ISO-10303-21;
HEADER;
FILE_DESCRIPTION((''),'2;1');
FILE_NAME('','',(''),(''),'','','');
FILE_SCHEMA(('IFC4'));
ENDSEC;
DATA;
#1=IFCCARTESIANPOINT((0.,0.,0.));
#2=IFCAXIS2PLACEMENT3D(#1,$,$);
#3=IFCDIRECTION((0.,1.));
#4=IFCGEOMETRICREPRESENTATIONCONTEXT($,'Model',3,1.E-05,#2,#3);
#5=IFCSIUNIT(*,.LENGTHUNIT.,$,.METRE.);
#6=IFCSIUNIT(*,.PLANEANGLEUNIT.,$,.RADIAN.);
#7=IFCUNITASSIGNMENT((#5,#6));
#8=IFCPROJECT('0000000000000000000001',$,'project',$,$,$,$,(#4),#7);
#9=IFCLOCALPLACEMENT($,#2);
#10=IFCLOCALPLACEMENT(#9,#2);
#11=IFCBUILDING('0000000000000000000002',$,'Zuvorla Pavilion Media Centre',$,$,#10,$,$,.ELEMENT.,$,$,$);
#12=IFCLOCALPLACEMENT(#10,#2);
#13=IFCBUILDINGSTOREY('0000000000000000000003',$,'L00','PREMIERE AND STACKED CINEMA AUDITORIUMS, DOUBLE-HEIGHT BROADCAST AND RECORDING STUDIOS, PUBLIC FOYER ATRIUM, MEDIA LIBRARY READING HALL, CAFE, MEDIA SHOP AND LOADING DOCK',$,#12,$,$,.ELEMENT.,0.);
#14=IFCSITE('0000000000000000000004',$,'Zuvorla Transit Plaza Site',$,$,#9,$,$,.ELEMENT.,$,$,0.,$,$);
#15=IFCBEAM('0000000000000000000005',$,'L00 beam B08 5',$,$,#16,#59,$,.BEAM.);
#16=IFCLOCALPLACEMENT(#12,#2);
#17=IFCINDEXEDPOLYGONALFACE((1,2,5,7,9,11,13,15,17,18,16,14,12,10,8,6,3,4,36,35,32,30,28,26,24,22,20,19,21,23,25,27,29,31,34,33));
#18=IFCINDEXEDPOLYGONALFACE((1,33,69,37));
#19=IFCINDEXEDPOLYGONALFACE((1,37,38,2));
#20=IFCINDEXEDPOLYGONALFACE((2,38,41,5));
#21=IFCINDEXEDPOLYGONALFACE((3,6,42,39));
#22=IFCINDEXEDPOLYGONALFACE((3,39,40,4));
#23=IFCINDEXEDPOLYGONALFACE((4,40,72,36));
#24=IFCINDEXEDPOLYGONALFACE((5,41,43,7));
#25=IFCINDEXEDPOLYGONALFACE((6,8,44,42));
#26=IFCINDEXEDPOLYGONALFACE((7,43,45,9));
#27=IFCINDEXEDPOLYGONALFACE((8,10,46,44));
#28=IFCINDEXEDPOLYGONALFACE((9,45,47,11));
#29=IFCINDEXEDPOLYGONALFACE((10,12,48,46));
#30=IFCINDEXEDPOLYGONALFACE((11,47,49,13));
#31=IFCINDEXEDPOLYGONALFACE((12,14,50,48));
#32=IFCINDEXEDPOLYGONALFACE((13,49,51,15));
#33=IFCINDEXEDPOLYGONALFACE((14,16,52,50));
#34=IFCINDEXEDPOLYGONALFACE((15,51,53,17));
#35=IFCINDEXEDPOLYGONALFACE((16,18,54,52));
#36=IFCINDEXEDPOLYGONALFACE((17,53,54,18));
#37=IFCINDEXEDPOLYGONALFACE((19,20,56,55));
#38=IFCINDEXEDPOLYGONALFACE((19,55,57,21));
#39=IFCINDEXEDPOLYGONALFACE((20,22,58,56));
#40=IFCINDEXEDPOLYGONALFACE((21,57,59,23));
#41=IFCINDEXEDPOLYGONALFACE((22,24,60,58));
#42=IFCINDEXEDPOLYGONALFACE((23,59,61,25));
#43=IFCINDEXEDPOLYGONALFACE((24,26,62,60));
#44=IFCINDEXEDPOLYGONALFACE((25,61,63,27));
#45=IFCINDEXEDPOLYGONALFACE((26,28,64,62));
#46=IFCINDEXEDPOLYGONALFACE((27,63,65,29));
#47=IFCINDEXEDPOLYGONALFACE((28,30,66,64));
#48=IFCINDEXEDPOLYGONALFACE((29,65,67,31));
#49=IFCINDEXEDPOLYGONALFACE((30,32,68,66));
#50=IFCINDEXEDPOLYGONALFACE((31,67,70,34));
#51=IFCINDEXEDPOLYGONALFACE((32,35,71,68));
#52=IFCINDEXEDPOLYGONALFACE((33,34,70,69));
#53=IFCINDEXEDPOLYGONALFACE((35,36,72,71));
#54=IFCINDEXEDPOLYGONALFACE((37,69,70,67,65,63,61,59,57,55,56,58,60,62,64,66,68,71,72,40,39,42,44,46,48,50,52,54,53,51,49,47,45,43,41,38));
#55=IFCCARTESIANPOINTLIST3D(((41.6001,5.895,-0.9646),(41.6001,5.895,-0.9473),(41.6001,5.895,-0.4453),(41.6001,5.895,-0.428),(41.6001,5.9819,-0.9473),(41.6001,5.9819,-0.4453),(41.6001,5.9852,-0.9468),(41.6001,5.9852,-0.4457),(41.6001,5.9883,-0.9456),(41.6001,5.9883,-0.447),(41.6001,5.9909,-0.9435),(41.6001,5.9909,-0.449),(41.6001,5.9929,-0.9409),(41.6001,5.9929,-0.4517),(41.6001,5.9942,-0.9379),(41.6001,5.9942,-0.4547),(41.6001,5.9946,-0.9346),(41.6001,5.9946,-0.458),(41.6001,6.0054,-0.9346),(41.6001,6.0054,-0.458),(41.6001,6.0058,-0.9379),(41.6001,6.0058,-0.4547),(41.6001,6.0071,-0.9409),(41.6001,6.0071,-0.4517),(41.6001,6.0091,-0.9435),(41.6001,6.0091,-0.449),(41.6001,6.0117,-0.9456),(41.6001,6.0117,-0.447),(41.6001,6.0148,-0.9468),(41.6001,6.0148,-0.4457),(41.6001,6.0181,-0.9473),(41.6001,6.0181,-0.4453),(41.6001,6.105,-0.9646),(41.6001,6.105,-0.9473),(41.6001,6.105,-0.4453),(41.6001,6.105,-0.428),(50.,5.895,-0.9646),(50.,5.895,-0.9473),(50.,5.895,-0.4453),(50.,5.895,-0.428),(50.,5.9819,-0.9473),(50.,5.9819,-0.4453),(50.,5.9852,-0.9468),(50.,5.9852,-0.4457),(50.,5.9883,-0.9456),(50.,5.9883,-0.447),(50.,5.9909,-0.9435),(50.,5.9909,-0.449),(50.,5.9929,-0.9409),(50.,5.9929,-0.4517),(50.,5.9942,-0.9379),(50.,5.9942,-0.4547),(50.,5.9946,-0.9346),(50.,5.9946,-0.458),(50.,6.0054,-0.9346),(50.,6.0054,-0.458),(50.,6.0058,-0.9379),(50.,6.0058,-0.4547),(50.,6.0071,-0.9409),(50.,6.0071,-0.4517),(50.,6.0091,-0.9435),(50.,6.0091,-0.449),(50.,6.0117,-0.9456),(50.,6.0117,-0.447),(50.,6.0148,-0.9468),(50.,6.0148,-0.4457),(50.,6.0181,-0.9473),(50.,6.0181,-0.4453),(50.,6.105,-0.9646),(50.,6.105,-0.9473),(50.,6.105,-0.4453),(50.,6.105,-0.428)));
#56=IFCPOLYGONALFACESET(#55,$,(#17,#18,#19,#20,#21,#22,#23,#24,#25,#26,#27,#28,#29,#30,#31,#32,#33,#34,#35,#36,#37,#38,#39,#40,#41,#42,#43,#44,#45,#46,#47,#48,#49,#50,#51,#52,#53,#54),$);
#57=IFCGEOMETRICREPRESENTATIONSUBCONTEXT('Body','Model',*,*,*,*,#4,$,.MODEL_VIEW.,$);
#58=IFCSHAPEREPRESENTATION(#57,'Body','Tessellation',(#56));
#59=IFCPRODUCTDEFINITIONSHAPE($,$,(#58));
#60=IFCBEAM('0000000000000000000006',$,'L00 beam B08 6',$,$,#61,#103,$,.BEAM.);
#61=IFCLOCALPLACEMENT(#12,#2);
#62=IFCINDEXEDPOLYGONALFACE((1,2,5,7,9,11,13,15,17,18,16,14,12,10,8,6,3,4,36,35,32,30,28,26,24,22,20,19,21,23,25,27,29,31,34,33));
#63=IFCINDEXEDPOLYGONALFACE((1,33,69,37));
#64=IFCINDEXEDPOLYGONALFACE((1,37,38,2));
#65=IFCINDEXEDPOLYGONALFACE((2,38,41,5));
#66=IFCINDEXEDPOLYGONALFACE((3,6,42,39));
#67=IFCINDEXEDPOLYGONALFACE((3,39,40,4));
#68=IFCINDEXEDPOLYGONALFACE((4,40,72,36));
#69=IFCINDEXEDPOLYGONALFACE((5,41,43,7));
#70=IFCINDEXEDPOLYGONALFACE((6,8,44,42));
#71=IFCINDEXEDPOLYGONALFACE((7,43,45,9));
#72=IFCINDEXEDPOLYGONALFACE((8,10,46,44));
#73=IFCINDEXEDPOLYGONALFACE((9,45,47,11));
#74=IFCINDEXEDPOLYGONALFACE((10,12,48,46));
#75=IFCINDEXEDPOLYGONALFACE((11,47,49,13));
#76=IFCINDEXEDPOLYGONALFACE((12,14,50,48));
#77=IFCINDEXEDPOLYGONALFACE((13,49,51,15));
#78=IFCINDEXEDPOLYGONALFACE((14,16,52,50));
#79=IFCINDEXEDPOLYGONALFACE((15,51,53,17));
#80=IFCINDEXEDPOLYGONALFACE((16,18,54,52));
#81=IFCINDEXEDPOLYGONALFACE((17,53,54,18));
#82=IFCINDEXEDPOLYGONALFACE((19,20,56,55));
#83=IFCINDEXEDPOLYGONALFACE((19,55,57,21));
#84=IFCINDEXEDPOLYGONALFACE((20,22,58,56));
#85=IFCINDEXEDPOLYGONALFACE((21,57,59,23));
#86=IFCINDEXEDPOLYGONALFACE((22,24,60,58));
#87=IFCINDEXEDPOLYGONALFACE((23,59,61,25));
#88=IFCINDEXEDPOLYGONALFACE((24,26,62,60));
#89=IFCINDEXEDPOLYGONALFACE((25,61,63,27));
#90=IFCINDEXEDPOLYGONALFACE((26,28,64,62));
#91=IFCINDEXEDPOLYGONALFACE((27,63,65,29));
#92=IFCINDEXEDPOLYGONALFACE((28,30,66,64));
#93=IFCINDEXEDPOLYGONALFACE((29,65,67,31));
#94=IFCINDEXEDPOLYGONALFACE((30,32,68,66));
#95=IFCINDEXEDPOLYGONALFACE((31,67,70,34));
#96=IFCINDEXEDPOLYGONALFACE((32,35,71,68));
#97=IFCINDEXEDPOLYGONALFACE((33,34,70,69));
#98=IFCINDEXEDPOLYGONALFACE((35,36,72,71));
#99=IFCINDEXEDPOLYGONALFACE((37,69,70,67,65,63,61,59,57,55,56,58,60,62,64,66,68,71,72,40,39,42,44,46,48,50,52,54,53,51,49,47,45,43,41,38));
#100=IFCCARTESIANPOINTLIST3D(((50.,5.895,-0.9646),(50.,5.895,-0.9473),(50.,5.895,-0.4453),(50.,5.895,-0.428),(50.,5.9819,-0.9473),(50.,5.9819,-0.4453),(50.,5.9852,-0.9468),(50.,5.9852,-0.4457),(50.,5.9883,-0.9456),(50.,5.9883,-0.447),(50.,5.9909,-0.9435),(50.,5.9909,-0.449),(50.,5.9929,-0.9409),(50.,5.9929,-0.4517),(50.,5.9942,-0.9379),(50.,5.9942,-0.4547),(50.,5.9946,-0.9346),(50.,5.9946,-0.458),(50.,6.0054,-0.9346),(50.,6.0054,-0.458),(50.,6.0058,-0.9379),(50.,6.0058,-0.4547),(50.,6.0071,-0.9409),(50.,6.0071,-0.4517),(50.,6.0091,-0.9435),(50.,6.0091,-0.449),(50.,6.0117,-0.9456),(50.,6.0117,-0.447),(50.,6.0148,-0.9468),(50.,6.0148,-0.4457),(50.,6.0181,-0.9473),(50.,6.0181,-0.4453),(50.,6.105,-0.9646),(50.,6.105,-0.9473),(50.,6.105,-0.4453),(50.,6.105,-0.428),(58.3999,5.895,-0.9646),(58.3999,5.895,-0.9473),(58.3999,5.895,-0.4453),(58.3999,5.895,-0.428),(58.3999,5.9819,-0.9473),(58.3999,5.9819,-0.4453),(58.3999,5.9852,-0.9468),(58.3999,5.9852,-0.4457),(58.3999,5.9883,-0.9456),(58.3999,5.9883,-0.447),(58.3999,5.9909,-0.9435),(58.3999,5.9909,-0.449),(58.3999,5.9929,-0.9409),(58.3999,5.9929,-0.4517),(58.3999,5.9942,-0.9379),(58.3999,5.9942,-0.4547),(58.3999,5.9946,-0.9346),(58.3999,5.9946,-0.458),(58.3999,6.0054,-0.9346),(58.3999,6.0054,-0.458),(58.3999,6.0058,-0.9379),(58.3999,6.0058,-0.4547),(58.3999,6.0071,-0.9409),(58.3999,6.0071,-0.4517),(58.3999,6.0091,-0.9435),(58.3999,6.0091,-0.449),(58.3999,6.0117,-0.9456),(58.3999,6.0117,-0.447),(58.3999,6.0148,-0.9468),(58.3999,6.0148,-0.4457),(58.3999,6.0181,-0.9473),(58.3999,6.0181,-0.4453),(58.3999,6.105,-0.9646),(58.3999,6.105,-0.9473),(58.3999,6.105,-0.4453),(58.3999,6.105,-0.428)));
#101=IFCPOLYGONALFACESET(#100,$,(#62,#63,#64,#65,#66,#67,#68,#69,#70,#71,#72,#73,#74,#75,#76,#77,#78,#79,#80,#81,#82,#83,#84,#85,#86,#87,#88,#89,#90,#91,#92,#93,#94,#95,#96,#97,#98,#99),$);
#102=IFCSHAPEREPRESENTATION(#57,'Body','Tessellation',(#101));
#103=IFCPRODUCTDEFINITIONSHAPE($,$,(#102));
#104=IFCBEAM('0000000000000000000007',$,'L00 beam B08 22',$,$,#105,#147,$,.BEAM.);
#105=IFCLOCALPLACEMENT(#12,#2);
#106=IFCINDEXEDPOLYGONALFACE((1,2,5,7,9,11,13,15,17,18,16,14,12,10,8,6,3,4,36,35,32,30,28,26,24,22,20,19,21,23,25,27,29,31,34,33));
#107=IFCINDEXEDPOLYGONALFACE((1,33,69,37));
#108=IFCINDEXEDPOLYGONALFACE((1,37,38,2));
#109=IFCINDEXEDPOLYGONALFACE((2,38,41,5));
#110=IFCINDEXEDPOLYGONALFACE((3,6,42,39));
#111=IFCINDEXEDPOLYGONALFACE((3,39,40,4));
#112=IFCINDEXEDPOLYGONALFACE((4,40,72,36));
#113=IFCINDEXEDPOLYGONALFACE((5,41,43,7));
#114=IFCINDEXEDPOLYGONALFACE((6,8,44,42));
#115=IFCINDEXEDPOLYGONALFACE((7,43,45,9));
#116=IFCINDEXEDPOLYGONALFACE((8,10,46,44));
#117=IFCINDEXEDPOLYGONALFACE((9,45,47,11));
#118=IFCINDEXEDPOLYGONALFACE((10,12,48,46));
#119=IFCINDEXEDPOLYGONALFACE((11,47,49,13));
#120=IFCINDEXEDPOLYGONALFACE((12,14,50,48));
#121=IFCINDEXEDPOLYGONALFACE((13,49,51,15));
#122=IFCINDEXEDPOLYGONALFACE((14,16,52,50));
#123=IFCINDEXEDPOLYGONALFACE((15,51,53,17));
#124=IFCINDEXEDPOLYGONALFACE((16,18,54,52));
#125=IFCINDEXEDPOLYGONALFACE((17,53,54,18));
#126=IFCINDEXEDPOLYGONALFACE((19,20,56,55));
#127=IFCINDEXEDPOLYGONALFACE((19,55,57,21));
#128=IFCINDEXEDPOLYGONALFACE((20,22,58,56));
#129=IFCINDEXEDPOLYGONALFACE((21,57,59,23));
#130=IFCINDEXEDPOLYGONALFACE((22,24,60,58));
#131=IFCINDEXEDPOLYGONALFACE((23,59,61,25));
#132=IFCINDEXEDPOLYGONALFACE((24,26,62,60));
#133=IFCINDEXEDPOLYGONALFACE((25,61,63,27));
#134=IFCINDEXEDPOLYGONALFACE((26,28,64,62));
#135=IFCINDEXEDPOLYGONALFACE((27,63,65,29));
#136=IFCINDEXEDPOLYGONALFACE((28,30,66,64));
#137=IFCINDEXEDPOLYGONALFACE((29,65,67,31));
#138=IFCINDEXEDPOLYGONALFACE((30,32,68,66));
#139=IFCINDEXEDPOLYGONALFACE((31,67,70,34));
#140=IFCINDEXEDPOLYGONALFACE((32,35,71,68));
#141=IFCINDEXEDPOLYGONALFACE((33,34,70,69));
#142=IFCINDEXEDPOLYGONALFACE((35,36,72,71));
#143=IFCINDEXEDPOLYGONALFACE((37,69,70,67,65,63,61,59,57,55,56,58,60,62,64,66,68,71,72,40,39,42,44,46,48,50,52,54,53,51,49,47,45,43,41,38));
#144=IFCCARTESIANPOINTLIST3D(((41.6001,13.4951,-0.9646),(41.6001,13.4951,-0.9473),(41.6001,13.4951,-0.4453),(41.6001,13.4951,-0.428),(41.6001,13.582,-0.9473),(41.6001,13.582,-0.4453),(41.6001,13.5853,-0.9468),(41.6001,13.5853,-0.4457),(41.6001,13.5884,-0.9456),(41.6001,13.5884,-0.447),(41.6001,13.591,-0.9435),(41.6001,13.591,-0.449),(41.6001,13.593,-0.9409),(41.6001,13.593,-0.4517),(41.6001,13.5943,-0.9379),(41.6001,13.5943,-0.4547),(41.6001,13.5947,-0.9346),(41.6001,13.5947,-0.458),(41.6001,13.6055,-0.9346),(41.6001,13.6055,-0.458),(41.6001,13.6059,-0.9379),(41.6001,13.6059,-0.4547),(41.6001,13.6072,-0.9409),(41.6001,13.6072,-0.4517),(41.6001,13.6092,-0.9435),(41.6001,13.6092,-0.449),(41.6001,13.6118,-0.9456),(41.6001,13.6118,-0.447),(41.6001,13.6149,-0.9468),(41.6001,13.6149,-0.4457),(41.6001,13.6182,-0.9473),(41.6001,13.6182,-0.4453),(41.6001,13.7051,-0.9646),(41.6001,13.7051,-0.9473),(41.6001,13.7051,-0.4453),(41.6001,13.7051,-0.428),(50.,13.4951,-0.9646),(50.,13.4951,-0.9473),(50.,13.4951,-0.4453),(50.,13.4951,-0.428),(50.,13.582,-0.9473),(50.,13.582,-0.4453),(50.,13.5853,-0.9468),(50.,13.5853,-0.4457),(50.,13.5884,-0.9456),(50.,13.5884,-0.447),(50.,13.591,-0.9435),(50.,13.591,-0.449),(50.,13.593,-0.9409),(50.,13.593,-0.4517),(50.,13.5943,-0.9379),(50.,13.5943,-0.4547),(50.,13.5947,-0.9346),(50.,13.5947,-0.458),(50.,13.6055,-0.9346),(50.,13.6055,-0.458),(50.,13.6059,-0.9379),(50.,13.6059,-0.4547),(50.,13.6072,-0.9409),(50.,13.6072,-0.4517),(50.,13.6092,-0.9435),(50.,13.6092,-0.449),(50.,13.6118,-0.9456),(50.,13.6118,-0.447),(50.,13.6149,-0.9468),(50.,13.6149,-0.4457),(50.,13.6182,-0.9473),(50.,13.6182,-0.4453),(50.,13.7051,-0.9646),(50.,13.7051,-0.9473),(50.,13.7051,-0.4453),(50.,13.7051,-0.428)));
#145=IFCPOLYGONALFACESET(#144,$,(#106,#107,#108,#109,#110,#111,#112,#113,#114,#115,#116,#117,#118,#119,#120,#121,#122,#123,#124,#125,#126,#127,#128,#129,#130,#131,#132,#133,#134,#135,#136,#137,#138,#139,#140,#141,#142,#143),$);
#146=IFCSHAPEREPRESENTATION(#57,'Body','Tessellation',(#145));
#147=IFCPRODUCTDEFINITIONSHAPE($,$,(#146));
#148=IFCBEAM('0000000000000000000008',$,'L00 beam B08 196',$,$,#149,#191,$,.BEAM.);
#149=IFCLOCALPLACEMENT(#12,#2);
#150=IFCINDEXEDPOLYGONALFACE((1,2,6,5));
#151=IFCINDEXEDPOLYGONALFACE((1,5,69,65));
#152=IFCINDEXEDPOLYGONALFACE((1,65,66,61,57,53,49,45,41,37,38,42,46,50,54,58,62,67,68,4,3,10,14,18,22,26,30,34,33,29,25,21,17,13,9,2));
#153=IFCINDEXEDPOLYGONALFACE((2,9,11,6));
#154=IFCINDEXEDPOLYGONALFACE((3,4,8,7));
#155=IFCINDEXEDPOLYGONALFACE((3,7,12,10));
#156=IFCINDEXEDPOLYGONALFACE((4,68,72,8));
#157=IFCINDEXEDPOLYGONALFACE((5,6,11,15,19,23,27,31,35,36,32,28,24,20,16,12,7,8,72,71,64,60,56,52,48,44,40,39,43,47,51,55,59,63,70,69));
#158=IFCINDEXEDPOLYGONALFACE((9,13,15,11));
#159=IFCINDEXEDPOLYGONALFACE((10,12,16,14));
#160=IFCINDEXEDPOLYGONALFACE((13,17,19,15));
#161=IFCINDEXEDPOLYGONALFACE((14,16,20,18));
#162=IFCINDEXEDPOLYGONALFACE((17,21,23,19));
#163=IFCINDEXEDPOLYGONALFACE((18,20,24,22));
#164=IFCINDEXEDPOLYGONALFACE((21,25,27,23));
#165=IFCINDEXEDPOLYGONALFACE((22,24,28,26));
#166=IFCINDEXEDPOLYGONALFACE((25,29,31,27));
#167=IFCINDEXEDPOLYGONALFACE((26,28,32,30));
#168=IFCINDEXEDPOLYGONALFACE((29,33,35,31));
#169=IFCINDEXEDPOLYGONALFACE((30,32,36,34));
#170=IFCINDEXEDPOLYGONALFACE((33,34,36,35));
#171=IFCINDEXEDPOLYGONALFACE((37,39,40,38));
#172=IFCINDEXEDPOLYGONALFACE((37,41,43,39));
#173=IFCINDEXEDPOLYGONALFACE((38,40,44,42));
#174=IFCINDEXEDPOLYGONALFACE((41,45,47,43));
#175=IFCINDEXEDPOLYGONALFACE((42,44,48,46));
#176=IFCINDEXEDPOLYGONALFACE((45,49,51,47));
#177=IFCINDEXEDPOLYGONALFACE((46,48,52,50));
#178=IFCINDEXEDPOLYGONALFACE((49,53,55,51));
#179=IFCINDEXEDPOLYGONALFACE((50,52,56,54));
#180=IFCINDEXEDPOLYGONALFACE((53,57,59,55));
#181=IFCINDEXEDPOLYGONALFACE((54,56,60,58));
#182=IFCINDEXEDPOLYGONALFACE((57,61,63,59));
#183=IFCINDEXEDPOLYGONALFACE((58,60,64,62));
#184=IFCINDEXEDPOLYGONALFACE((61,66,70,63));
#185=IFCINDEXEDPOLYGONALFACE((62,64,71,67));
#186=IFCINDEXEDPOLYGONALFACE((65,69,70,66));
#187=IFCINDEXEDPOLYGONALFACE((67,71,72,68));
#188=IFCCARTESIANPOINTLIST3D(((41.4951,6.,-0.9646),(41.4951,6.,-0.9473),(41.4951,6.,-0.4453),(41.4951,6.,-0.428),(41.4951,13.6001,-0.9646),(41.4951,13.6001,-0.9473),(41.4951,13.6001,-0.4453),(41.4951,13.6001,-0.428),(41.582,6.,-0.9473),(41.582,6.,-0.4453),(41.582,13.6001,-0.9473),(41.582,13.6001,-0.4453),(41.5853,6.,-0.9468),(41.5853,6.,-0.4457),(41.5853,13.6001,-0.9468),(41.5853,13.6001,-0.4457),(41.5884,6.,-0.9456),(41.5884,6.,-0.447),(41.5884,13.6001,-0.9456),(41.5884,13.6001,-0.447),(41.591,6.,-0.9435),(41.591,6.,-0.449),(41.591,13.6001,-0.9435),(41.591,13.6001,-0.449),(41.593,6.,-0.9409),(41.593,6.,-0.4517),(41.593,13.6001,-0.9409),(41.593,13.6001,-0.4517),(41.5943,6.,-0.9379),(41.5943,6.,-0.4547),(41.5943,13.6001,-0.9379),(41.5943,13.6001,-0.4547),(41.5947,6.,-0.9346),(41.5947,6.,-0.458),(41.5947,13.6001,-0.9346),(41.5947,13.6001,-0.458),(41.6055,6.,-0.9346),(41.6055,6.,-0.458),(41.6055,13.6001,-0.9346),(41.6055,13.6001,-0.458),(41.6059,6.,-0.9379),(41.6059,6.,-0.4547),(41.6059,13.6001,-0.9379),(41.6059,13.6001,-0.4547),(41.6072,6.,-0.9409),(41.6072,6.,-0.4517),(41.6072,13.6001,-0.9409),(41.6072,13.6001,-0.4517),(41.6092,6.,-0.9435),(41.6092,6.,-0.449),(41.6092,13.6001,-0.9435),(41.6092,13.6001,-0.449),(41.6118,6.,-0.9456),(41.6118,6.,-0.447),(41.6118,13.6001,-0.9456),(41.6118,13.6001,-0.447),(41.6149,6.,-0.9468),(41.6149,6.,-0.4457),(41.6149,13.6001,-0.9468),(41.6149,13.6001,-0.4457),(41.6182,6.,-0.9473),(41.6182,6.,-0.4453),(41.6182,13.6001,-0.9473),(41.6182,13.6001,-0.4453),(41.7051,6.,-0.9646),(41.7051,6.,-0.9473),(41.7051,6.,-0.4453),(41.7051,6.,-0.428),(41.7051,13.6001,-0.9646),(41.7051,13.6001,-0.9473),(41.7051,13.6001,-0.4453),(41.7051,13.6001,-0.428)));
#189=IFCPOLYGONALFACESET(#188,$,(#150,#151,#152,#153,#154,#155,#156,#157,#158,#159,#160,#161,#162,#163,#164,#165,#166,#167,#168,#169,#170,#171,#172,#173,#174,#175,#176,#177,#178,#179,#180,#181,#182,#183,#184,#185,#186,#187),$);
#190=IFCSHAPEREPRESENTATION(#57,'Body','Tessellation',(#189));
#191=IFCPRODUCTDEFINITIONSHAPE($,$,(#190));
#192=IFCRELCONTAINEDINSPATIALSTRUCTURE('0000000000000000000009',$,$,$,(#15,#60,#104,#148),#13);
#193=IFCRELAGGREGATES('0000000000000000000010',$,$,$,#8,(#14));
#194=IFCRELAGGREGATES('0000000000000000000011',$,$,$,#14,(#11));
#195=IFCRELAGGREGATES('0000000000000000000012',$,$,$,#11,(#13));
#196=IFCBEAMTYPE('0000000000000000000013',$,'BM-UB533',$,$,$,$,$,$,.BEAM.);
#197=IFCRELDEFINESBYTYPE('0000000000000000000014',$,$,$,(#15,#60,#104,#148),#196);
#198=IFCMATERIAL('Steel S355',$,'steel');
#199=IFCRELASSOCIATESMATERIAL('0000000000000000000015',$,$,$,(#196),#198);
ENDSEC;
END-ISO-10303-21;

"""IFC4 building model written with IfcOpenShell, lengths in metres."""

from ifc_helpers import new_model, si_unit, direction, frame, origin, origin_2d, place, context, subcontext, project, spatial, i_section, extrude, material, material_profile, profile_set, type_object, element, save


model = new_model("IFC4")

# Units and contexts
model_context = context("Model", 3, precision=1e-05, world=origin(), true_north=direction((0.0, 1.0)))
body_context = subcontext(model_context, "Body", "Model", "MODEL_VIEW")
ifc_project = project(units=[si_unit("LENGTHUNIT", "METRE"), si_unit("PLANEANGLEUNIT", "RADIAN")], contexts=[model_context])

# Site, building, storey
site_placement = place(None, origin())
site = spatial("IfcSite", under=ifc_project, at=site_placement, Name="Zuvorla Transit Plaza Site", CompositionType="ELEMENT", RefElevation=0.0)
building_placement = place(site_placement, origin())
building = spatial("IfcBuilding", under=site, at=building_placement, Name="Zuvorla Pavilion Media Centre", CompositionType="ELEMENT")
storey_placement = place(building_placement, origin())
storey = spatial("IfcBuildingStorey", under=building, at=storey_placement, Name="L00", Description="PREMIERE AND STACKED CINEMA AUDITORIUMS, DOUBLE-HEIGHT BROADCAST AND RECORDING STUDIOS, PUBLIC FOYER ATRIUM, MEDIA LIBRARY READING HALL, CAFE, MEDIA SHOP AND LOADING DOCK", CompositionType="ELEMENT", Elevation=0.0)

# Beams
ifc_material_1 = material(Name="Steel S355", Category="steel")
ifc_material_profile_1 = material_profile(ifc_material_1, i_section(OverallWidth=0.21, OverallDepth=0.5366, WebThickness=0.0107, FlangeThickness=0.0173, FilletRadius=0.0127, at=origin_2d()), Name="UB 533x210x101")
ifc_profile_set_1 = profile_set([ifc_material_profile_1], Name="Steel S355")
beam_type_1 = type_object("IfcBeamType", Name="BM-UB533", PredefinedType="BEAM", material=ifc_profile_set_1)
for number, where, z_axis, x_axis, name in (
    (1, (41.6001, 6.0, -0.6963), (1.0, 0.0, 0.0), (0.0, 1.0, 0.0), "L00 beam B08 5"),
    (2, (50.0, 6.0, -0.6963), (1.0, 0.0, 0.0), (0.0, 1.0, 0.0), "L00 beam B08 6"),
    (3, (41.6001, 13.6001, -0.6963), (1.0, 0.0, 0.0), (0.0, 1.0, 0.0), "L00 beam B08 22"),
):
    element("IfcBeam", number, at=place(storey_placement, frame(where, z_axis=z_axis, x_axis=x_axis)), inside=storey, type_object=beam_type_1, Name=name, PredefinedType="BEAM", context=body_context, shape_type="SweptSolid", body=[
        extrude(i_section(OverallWidth=0.21, OverallDepth=0.5366, WebThickness=0.0107, FlangeThickness=0.0173, FilletRadius=0.0127, at=origin_2d()), origin(), (0.0, 0.0, 1.0), 8.3999),
    ])
beam_1_placement = place(storey_placement, frame((41.6001, 6.0, -0.6963), z_axis=(0.0, 1.0, 0.0), x_axis=(-1.0, 0.0, 0.0)))
element("IfcBeam", 4, at=beam_1_placement, inside=storey, type_object=beam_type_1, Name="L00 beam B08 196", PredefinedType="BEAM", context=body_context, shape_type="SweptSolid", body=[
    extrude(i_section(OverallWidth=0.21, OverallDepth=0.5366, WebThickness=0.0107, FlangeThickness=0.0173, FilletRadius=0.0127, at=origin_2d()), origin(), (0.0, 0.0, 1.0), 7.6001),
])

save(model, "model.ifc")
